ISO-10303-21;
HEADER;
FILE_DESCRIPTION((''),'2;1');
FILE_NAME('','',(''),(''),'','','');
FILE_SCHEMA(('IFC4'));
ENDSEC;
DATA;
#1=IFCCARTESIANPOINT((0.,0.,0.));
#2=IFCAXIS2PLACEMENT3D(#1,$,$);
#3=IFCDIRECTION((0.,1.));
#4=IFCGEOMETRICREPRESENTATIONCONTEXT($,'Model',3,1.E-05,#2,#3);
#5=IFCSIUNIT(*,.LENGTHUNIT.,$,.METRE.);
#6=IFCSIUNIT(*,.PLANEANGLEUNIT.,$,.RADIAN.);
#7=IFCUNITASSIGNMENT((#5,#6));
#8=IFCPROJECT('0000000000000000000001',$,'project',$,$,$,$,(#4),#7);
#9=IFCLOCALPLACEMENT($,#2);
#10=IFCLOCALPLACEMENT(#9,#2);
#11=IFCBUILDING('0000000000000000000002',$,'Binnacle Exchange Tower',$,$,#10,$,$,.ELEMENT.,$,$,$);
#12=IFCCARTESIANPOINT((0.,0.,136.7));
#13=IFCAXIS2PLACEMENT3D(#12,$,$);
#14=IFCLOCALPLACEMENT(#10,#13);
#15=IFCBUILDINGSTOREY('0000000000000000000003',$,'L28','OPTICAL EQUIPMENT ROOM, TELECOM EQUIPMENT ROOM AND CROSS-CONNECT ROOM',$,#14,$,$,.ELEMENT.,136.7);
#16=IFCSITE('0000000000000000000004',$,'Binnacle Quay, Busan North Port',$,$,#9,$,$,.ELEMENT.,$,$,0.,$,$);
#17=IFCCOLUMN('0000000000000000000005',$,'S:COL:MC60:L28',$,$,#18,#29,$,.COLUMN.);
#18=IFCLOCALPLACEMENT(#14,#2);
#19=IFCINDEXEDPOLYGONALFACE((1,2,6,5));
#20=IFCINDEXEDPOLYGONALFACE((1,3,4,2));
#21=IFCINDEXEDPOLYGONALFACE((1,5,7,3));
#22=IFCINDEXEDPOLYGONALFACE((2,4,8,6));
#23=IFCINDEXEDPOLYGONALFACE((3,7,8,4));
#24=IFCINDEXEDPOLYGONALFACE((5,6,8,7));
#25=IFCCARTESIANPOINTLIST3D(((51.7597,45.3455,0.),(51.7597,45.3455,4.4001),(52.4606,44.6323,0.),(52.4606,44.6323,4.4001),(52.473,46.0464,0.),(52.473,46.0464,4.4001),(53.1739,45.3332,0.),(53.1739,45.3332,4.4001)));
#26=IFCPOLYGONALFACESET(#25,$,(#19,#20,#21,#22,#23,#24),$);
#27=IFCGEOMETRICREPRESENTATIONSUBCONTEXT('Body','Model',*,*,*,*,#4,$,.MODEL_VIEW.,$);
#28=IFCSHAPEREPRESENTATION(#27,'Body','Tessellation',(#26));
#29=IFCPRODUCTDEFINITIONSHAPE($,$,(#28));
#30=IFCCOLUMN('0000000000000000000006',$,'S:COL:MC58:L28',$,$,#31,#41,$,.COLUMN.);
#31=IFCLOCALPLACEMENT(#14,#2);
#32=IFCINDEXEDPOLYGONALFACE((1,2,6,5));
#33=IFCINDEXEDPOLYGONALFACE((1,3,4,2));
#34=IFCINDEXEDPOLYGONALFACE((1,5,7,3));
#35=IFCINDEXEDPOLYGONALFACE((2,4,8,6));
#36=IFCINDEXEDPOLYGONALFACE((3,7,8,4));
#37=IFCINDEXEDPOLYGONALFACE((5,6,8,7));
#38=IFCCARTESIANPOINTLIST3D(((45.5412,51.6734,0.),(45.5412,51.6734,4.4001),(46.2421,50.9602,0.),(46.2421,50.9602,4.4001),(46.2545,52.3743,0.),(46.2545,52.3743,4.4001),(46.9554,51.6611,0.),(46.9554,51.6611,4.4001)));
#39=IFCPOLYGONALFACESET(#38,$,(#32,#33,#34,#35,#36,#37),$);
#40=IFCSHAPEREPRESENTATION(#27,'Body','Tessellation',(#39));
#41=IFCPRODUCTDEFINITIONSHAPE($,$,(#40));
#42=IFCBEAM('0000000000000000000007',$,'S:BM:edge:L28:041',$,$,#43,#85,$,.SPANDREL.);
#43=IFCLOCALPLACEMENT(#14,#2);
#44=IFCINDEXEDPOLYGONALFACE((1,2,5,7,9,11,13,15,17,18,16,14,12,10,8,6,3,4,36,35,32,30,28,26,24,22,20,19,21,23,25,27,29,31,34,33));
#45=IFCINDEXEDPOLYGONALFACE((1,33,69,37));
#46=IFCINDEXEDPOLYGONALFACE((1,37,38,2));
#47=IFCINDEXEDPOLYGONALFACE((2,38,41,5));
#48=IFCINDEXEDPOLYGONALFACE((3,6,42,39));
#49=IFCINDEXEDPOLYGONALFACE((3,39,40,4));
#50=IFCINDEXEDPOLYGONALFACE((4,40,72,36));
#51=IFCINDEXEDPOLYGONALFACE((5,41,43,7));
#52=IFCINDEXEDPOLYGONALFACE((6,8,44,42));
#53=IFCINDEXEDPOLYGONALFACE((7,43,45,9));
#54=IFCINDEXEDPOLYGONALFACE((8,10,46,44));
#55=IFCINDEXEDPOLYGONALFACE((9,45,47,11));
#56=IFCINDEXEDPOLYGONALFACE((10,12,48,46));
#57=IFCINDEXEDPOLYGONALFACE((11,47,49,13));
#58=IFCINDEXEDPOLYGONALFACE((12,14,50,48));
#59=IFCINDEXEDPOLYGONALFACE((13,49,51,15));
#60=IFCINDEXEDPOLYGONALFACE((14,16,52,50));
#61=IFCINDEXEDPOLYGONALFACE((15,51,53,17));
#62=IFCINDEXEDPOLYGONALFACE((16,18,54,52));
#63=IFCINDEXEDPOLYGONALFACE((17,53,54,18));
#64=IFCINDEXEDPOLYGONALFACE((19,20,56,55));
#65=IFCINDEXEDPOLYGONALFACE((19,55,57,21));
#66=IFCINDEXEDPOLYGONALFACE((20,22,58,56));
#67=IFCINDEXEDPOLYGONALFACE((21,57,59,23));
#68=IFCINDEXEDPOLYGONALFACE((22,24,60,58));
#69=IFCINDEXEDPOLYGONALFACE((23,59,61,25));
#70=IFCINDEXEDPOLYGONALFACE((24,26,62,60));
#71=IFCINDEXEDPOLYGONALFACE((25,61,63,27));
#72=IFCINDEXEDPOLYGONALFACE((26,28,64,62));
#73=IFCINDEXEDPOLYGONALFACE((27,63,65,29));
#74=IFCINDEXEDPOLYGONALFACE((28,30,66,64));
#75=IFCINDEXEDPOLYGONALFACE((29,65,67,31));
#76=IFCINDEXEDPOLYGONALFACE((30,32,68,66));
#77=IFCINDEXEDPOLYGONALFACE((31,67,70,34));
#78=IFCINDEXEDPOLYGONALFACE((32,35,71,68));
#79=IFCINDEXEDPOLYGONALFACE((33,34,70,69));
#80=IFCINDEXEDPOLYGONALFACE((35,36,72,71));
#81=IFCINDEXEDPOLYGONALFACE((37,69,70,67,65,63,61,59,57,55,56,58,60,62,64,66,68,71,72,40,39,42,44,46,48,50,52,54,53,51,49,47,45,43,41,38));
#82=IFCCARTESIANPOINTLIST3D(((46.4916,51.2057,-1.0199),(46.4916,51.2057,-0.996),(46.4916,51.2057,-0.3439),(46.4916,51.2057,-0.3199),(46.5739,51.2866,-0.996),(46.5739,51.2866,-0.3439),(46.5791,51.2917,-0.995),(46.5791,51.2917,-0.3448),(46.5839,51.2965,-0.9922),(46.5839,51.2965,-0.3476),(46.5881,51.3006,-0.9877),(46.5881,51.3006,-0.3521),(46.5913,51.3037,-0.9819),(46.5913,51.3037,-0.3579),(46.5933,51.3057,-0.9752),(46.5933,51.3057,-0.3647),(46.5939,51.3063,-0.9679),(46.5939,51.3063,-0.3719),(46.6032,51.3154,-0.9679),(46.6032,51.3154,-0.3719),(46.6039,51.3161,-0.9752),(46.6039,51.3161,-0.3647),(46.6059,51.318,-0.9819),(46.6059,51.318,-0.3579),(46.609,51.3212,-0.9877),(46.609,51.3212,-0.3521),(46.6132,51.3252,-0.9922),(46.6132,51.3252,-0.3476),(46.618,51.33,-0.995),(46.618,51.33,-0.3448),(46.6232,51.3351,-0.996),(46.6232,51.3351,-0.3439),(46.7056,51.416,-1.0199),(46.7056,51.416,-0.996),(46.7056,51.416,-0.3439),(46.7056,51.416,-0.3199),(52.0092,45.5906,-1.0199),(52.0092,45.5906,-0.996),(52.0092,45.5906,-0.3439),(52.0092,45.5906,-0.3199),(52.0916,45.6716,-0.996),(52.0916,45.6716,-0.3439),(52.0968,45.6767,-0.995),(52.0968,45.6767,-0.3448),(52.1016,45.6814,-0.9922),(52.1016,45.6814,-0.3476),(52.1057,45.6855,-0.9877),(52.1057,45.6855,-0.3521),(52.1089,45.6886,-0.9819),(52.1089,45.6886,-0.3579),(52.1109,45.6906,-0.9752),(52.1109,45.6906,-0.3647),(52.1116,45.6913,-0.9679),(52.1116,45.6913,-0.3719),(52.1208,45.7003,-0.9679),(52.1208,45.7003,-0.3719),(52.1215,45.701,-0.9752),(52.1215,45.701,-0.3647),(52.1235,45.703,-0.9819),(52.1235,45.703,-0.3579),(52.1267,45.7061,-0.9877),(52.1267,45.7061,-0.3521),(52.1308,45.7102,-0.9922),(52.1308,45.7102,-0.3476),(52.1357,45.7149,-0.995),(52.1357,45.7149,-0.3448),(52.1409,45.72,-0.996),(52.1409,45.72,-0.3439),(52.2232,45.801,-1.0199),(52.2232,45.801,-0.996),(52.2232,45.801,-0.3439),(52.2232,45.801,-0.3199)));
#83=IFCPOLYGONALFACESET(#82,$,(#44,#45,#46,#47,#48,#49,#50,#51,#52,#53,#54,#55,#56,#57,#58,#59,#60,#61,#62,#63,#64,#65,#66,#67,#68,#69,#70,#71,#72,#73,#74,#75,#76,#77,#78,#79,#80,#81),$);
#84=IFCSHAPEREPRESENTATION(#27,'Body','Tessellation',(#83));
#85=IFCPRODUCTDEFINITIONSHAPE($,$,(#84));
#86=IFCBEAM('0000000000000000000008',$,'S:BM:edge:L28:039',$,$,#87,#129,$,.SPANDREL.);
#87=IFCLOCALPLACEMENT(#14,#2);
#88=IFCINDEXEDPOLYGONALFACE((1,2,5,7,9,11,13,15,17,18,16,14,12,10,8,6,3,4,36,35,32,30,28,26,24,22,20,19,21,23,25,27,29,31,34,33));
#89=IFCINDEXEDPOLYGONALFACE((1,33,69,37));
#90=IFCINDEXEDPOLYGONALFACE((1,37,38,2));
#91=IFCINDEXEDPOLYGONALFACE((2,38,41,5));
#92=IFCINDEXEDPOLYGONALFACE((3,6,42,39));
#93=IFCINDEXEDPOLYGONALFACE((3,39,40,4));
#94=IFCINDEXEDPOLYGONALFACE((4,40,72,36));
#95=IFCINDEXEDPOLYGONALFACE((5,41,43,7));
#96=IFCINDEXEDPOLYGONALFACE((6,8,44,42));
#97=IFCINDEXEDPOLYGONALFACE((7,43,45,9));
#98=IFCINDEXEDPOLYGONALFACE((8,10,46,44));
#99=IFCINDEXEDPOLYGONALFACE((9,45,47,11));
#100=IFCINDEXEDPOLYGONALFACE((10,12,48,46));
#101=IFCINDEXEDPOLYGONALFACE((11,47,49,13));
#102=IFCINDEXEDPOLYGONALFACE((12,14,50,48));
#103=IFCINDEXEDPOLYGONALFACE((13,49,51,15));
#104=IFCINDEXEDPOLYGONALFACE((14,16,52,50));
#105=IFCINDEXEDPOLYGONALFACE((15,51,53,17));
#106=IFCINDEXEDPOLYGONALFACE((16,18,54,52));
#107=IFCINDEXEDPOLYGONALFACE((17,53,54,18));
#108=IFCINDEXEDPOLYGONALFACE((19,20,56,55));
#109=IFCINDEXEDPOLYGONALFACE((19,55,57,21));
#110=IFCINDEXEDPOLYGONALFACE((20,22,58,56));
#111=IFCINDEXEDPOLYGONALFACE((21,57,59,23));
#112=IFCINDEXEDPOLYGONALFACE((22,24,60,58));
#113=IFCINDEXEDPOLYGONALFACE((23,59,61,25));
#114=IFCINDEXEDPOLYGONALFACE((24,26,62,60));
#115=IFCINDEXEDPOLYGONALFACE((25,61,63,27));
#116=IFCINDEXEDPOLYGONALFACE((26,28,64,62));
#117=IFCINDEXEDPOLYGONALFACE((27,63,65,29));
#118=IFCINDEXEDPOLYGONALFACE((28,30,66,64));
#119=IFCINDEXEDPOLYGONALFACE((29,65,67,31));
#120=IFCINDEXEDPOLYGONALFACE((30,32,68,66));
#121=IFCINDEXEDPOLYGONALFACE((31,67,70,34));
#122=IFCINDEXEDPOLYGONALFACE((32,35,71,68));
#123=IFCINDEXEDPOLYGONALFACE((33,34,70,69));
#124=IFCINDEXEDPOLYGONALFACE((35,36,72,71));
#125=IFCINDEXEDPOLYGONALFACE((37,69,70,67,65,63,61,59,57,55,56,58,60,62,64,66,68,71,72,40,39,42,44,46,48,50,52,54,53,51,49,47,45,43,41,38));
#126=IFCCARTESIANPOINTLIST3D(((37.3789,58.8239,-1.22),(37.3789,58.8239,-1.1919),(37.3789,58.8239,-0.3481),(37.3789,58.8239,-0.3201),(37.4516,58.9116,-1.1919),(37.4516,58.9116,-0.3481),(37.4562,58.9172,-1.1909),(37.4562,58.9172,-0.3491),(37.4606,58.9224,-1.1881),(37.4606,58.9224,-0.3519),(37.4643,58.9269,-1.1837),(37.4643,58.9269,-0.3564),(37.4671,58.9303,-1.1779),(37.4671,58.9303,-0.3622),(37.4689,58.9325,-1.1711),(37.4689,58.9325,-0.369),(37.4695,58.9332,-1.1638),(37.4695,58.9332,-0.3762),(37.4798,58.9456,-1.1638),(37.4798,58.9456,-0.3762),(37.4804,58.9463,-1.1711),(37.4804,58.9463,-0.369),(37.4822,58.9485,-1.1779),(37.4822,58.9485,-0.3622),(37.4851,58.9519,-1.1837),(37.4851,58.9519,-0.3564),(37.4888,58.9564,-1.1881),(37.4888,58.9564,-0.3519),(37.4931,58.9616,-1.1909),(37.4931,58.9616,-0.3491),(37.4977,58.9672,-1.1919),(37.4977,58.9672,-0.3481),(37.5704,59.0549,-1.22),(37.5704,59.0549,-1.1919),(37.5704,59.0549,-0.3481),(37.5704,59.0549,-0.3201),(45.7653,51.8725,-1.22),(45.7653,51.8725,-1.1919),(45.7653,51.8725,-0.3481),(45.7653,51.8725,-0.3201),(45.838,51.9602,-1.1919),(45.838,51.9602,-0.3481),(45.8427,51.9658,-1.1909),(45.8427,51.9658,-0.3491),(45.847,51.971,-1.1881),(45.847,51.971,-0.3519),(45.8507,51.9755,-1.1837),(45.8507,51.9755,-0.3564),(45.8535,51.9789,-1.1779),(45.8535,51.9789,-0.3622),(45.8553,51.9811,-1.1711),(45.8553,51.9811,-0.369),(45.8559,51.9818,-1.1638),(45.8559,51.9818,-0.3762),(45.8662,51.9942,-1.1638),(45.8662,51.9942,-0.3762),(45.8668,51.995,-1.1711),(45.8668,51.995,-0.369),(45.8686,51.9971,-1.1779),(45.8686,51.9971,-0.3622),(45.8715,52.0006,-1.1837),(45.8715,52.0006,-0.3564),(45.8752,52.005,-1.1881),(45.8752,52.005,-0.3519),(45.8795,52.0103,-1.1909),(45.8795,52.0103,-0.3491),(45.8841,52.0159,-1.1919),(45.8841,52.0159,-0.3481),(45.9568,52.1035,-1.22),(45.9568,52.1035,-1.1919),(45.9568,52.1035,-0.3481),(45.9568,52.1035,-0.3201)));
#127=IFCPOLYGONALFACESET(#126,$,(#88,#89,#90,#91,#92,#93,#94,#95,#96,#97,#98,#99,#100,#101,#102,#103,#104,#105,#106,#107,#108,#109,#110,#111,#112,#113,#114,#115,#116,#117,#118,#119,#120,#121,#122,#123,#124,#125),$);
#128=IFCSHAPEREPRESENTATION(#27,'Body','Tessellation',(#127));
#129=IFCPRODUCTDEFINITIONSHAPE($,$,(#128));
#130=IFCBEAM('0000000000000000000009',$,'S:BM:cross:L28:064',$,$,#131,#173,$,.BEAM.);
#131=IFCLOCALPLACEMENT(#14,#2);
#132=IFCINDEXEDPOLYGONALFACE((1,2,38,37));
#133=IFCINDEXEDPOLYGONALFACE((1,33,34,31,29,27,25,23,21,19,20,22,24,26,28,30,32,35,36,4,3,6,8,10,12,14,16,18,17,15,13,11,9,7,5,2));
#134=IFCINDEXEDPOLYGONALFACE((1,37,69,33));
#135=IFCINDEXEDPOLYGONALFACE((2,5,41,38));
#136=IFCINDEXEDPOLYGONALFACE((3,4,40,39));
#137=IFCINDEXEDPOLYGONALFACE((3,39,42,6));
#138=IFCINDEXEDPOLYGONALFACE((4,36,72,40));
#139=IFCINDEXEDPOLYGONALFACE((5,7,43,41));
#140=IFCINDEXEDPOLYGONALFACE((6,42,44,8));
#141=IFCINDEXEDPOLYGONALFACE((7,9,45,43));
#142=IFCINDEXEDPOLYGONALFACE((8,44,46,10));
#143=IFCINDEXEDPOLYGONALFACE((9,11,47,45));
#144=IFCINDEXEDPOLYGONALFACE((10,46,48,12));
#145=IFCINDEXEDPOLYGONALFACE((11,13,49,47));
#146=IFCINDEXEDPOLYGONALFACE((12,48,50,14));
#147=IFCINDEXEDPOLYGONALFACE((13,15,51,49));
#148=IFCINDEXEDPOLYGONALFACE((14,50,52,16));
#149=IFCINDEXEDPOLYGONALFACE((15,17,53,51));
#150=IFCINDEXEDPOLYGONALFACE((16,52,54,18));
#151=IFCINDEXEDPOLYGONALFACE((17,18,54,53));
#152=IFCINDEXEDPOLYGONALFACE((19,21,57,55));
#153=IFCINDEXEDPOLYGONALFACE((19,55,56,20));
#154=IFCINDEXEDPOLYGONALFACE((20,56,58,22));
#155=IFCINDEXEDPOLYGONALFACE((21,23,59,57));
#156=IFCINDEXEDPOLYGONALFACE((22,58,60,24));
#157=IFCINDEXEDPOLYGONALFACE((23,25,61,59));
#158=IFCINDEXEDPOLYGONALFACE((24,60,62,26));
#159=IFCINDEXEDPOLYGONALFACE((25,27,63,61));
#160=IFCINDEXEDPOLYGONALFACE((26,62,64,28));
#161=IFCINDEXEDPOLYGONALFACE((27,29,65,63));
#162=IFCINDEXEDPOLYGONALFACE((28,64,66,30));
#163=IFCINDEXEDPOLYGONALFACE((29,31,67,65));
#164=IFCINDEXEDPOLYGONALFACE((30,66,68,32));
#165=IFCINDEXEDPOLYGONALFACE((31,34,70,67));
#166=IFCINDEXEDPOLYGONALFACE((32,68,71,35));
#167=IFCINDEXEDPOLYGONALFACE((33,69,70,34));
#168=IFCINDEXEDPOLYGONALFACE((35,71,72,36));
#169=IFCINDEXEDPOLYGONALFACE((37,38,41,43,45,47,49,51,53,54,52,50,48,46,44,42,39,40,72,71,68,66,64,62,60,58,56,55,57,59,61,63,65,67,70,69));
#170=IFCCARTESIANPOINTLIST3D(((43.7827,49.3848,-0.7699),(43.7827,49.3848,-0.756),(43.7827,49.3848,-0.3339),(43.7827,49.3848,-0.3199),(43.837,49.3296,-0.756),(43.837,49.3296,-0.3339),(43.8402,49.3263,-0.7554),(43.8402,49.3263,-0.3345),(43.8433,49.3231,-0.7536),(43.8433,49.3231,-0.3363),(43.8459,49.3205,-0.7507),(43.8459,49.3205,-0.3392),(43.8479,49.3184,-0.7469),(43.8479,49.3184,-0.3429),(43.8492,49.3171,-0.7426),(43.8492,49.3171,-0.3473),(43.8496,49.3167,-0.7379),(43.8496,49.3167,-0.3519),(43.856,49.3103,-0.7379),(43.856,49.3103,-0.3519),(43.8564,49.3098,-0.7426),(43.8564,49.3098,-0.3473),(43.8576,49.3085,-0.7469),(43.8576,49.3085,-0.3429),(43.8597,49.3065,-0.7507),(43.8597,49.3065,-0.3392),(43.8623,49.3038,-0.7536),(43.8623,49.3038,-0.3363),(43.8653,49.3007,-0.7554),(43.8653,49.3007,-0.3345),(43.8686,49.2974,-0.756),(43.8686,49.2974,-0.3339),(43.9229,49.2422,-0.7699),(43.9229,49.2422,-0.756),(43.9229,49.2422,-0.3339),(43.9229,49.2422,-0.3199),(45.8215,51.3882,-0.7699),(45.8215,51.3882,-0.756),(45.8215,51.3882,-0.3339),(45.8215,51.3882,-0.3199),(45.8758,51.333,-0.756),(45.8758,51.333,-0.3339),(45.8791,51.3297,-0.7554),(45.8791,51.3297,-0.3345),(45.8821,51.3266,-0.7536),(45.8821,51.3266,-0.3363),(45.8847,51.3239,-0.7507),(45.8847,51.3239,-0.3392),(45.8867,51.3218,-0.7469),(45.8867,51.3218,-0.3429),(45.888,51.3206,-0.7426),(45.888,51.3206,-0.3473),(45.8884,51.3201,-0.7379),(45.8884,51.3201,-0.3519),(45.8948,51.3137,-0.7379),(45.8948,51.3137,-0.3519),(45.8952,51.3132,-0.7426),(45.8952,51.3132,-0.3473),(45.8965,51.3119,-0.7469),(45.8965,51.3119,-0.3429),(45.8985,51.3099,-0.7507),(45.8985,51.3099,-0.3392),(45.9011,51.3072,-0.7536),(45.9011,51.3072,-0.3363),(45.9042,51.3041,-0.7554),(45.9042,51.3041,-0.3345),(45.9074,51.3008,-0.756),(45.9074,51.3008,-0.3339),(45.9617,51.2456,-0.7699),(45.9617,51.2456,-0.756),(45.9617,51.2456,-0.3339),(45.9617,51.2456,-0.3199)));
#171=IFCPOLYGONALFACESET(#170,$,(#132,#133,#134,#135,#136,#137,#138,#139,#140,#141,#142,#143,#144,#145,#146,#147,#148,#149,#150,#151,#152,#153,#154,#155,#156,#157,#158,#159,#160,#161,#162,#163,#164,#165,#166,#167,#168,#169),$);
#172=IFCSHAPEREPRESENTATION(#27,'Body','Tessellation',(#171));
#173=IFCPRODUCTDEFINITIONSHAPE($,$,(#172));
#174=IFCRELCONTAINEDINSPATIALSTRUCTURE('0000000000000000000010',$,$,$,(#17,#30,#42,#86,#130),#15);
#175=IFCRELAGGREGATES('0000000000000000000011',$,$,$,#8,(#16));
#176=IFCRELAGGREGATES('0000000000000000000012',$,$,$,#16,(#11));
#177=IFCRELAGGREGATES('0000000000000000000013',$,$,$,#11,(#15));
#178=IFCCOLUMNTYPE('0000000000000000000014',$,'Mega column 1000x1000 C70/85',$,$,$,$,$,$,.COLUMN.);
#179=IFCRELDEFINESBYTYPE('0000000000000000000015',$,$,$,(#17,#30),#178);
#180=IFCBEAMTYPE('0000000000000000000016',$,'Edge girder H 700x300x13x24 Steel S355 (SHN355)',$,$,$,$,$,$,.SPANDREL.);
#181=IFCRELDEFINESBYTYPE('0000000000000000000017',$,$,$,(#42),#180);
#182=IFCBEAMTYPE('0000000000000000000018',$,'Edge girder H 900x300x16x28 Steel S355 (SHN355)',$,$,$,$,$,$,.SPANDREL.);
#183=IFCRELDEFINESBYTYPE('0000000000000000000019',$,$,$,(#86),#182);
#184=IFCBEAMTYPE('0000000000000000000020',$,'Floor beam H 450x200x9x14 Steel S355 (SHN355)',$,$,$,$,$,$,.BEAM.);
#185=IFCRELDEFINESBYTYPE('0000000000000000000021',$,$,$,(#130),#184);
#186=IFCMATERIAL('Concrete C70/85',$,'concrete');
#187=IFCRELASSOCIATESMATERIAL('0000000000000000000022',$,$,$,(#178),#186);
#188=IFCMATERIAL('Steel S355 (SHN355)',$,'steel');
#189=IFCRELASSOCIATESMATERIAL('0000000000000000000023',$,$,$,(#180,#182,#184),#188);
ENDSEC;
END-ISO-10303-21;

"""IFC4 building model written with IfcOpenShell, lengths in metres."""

from ifc_helpers import new_model, si_unit, direction, frame, origin, origin_2d, place, context, subcontext, project, spatial, rectangle, i_section, extrude, material, material_profile, profile_set, type_object, element, save


model = new_model("IFC4")

# Units and contexts
model_context = context("Model", 3, precision=1e-05, world=origin(), true_north=direction((0.0, 1.0)))
body_context = subcontext(model_context, "Body", "Model", "MODEL_VIEW")
ifc_project = project(units=[si_unit("LENGTHUNIT", "METRE"), si_unit("PLANEANGLEUNIT", "RADIAN")], contexts=[model_context])

# Site, building, storey
site_placement = place(None, origin())
site = spatial("IfcSite", under=ifc_project, at=site_placement, Name="Binnacle Quay, Busan North Port", CompositionType="ELEMENT", RefElevation=0.0)
building_placement = place(site_placement, origin())
building = spatial("IfcBuilding", under=site, at=building_placement, Name="Binnacle Exchange Tower", CompositionType="ELEMENT")
storey_placement = place(building_placement, frame((0.0, 0.0, 136.7)))
storey = spatial("IfcBuildingStorey", under=building, at=storey_placement, Name="L28", Description="OPTICAL EQUIPMENT ROOM, TELECOM EQUIPMENT ROOM AND CROSS-CONNECT ROOM", CompositionType="ELEMENT", Elevation=136.7)

# Columns
ifc_material_1 = material(Name="Concrete C70/85", Category="concrete")
ifc_material_profile_1 = material_profile(ifc_material_1, rectangle(XDim=1.0, YDim=1.0, at=origin_2d()), Name="Mega column 1000x1000 C70/85")
ifc_profile_set_1 = profile_set([ifc_material_profile_1], Name="Concrete C70/85")
column_type = type_object("IfcColumnType", Name="Mega column 1000x1000 C70/85", PredefinedType="COLUMN", material=ifc_profile_set_1)
for number, where, z_axis, x_axis, name in (
    (1, (52.4668, 45.3394, 0.0), (0.0, 0.0, 1.0), (-0.700909, 0.71325, 0.0), "S:COL:MC60:L28"),
    (2, (46.2483, 51.6672, 0.0), (0.0, 0.0, 1.0), (-0.700909, 0.71325, 0.0), "S:COL:MC58:L28"),
):
    element("IfcColumn", number, at=place(storey_placement, frame(where, z_axis=z_axis, x_axis=x_axis)), inside=storey, type_object=column_type, Name=name, PredefinedType="COLUMN", context=body_context, shape_type="SweptSolid", body=[
        extrude(rectangle(XDim=1.0, YDim=1.0, at=origin_2d()), origin(), (0.0, 0.0, 1.0), 4.4001),
    ])

# Beams
ifc_material_2 = material(Name="Steel S355 (SHN355)", Category="steel")
ifc_material_profile_2 = material_profile(ifc_material_2, i_section(OverallWidth=0.3, OverallDepth=0.7, WebThickness=0.0129, FlangeThickness=0.0239, FilletRadius=0.0281, at=origin_2d()), Name="H 700x300x13x24")
ifc_profile_set_2 = profile_set([ifc_material_profile_2], Name="Steel S355 (SHN355)")
beam_type_1 = type_object("IfcBeamType", Name="Edge girder H 700x300x13x24 Steel S355 (SHN355)", PredefinedType="SPANDREL", material=ifc_profile_set_2)
beam_1_placement = place(storey_placement, frame((52.1162, 45.6958, -0.6699), z_axis=(-0.700893, 0.713267, 0.0), x_axis=(-0.713267, -0.700893, 0.0)))
element("IfcBeam", 3, at=beam_1_placement, inside=storey, type_object=beam_type_1, Name="S:BM:edge:L28:041", PredefinedType="SPANDREL", context=body_context, shape_type="SweptSolid", body=[
    extrude(i_section(OverallWidth=0.3, OverallDepth=0.7, WebThickness=0.0129, FlangeThickness=0.0239, FilletRadius=0.0281, at=origin_2d()), origin(), (0.0, 0.0, 1.0), 7.8723),
])
ifc_material_profile_3 = material_profile(ifc_material_2, i_section(OverallWidth=0.3, OverallDepth=0.8999, WebThickness=0.0161, FlangeThickness=0.0281, FilletRadius=0.0281, at=origin_2d()), Name="H 900x300x16x28")
ifc_profile_set_3 = profile_set([ifc_material_profile_3], Name="Steel S355 (SHN355)")
beam_type_2 = type_object("IfcBeamType", Name="Edge girder H 900x300x16x28 Steel S355 (SHN355)", PredefinedType="SPANDREL", material=ifc_profile_set_3)
beam_2_placement = place(storey_placement, frame((45.8611, 51.988, -0.77), z_axis=(-0.769903, 0.638161, 0.0), x_axis=(-0.638161, -0.769903, 0.0)))
element("IfcBeam", 4, at=beam_2_placement, inside=storey, type_object=beam_type_2, Name="S:BM:edge:L28:039", PredefinedType="SPANDREL", context=body_context, shape_type="SweptSolid", body=[
    extrude(i_section(OverallWidth=0.3, OverallDepth=0.8999, WebThickness=0.0161, FlangeThickness=0.0281, FilletRadius=0.0281, at=origin_2d()), origin(), (0.0, 0.0, 1.0), 10.8928),
])
ifc_material_profile_4 = material_profile(ifc_material_2, i_section(OverallWidth=0.2, OverallDepth=0.45, WebThickness=0.009, FlangeThickness=0.0139, FilletRadius=0.0181, at=origin_2d()), Name="H 450x200x9x14")
ifc_profile_set_4 = profile_set([ifc_material_profile_4], Name="Steel S355 (SHN355)")
beam_type_3 = type_object("IfcBeamType", Name="Floor beam H 450x200x9x14 Steel S355 (SHN355)", PredefinedType="BEAM", material=ifc_profile_set_4)
for number, where, z_axis, x_axis, name in (
    (5, (45.8916, 51.3169, -0.5449), (-0.713272, -0.700887, 0.0), (0.700887, -0.713272, 0.0), "S:BM:cross:L28:064"),
):
    element("IfcBeam", number, at=place(storey_placement, frame(where, z_axis=z_axis, x_axis=x_axis)), inside=storey, type_object=beam_type_3, Name=name, PredefinedType="BEAM", context=body_context, shape_type="SweptSolid", body=[
        extrude(i_section(OverallWidth=0.2, OverallDepth=0.45, WebThickness=0.009, FlangeThickness=0.0139, FilletRadius=0.0181, at=origin_2d()), origin(), (0.0, 0.0, 1.0), 2.8584),
    ])

save(model, "model.ifc")
